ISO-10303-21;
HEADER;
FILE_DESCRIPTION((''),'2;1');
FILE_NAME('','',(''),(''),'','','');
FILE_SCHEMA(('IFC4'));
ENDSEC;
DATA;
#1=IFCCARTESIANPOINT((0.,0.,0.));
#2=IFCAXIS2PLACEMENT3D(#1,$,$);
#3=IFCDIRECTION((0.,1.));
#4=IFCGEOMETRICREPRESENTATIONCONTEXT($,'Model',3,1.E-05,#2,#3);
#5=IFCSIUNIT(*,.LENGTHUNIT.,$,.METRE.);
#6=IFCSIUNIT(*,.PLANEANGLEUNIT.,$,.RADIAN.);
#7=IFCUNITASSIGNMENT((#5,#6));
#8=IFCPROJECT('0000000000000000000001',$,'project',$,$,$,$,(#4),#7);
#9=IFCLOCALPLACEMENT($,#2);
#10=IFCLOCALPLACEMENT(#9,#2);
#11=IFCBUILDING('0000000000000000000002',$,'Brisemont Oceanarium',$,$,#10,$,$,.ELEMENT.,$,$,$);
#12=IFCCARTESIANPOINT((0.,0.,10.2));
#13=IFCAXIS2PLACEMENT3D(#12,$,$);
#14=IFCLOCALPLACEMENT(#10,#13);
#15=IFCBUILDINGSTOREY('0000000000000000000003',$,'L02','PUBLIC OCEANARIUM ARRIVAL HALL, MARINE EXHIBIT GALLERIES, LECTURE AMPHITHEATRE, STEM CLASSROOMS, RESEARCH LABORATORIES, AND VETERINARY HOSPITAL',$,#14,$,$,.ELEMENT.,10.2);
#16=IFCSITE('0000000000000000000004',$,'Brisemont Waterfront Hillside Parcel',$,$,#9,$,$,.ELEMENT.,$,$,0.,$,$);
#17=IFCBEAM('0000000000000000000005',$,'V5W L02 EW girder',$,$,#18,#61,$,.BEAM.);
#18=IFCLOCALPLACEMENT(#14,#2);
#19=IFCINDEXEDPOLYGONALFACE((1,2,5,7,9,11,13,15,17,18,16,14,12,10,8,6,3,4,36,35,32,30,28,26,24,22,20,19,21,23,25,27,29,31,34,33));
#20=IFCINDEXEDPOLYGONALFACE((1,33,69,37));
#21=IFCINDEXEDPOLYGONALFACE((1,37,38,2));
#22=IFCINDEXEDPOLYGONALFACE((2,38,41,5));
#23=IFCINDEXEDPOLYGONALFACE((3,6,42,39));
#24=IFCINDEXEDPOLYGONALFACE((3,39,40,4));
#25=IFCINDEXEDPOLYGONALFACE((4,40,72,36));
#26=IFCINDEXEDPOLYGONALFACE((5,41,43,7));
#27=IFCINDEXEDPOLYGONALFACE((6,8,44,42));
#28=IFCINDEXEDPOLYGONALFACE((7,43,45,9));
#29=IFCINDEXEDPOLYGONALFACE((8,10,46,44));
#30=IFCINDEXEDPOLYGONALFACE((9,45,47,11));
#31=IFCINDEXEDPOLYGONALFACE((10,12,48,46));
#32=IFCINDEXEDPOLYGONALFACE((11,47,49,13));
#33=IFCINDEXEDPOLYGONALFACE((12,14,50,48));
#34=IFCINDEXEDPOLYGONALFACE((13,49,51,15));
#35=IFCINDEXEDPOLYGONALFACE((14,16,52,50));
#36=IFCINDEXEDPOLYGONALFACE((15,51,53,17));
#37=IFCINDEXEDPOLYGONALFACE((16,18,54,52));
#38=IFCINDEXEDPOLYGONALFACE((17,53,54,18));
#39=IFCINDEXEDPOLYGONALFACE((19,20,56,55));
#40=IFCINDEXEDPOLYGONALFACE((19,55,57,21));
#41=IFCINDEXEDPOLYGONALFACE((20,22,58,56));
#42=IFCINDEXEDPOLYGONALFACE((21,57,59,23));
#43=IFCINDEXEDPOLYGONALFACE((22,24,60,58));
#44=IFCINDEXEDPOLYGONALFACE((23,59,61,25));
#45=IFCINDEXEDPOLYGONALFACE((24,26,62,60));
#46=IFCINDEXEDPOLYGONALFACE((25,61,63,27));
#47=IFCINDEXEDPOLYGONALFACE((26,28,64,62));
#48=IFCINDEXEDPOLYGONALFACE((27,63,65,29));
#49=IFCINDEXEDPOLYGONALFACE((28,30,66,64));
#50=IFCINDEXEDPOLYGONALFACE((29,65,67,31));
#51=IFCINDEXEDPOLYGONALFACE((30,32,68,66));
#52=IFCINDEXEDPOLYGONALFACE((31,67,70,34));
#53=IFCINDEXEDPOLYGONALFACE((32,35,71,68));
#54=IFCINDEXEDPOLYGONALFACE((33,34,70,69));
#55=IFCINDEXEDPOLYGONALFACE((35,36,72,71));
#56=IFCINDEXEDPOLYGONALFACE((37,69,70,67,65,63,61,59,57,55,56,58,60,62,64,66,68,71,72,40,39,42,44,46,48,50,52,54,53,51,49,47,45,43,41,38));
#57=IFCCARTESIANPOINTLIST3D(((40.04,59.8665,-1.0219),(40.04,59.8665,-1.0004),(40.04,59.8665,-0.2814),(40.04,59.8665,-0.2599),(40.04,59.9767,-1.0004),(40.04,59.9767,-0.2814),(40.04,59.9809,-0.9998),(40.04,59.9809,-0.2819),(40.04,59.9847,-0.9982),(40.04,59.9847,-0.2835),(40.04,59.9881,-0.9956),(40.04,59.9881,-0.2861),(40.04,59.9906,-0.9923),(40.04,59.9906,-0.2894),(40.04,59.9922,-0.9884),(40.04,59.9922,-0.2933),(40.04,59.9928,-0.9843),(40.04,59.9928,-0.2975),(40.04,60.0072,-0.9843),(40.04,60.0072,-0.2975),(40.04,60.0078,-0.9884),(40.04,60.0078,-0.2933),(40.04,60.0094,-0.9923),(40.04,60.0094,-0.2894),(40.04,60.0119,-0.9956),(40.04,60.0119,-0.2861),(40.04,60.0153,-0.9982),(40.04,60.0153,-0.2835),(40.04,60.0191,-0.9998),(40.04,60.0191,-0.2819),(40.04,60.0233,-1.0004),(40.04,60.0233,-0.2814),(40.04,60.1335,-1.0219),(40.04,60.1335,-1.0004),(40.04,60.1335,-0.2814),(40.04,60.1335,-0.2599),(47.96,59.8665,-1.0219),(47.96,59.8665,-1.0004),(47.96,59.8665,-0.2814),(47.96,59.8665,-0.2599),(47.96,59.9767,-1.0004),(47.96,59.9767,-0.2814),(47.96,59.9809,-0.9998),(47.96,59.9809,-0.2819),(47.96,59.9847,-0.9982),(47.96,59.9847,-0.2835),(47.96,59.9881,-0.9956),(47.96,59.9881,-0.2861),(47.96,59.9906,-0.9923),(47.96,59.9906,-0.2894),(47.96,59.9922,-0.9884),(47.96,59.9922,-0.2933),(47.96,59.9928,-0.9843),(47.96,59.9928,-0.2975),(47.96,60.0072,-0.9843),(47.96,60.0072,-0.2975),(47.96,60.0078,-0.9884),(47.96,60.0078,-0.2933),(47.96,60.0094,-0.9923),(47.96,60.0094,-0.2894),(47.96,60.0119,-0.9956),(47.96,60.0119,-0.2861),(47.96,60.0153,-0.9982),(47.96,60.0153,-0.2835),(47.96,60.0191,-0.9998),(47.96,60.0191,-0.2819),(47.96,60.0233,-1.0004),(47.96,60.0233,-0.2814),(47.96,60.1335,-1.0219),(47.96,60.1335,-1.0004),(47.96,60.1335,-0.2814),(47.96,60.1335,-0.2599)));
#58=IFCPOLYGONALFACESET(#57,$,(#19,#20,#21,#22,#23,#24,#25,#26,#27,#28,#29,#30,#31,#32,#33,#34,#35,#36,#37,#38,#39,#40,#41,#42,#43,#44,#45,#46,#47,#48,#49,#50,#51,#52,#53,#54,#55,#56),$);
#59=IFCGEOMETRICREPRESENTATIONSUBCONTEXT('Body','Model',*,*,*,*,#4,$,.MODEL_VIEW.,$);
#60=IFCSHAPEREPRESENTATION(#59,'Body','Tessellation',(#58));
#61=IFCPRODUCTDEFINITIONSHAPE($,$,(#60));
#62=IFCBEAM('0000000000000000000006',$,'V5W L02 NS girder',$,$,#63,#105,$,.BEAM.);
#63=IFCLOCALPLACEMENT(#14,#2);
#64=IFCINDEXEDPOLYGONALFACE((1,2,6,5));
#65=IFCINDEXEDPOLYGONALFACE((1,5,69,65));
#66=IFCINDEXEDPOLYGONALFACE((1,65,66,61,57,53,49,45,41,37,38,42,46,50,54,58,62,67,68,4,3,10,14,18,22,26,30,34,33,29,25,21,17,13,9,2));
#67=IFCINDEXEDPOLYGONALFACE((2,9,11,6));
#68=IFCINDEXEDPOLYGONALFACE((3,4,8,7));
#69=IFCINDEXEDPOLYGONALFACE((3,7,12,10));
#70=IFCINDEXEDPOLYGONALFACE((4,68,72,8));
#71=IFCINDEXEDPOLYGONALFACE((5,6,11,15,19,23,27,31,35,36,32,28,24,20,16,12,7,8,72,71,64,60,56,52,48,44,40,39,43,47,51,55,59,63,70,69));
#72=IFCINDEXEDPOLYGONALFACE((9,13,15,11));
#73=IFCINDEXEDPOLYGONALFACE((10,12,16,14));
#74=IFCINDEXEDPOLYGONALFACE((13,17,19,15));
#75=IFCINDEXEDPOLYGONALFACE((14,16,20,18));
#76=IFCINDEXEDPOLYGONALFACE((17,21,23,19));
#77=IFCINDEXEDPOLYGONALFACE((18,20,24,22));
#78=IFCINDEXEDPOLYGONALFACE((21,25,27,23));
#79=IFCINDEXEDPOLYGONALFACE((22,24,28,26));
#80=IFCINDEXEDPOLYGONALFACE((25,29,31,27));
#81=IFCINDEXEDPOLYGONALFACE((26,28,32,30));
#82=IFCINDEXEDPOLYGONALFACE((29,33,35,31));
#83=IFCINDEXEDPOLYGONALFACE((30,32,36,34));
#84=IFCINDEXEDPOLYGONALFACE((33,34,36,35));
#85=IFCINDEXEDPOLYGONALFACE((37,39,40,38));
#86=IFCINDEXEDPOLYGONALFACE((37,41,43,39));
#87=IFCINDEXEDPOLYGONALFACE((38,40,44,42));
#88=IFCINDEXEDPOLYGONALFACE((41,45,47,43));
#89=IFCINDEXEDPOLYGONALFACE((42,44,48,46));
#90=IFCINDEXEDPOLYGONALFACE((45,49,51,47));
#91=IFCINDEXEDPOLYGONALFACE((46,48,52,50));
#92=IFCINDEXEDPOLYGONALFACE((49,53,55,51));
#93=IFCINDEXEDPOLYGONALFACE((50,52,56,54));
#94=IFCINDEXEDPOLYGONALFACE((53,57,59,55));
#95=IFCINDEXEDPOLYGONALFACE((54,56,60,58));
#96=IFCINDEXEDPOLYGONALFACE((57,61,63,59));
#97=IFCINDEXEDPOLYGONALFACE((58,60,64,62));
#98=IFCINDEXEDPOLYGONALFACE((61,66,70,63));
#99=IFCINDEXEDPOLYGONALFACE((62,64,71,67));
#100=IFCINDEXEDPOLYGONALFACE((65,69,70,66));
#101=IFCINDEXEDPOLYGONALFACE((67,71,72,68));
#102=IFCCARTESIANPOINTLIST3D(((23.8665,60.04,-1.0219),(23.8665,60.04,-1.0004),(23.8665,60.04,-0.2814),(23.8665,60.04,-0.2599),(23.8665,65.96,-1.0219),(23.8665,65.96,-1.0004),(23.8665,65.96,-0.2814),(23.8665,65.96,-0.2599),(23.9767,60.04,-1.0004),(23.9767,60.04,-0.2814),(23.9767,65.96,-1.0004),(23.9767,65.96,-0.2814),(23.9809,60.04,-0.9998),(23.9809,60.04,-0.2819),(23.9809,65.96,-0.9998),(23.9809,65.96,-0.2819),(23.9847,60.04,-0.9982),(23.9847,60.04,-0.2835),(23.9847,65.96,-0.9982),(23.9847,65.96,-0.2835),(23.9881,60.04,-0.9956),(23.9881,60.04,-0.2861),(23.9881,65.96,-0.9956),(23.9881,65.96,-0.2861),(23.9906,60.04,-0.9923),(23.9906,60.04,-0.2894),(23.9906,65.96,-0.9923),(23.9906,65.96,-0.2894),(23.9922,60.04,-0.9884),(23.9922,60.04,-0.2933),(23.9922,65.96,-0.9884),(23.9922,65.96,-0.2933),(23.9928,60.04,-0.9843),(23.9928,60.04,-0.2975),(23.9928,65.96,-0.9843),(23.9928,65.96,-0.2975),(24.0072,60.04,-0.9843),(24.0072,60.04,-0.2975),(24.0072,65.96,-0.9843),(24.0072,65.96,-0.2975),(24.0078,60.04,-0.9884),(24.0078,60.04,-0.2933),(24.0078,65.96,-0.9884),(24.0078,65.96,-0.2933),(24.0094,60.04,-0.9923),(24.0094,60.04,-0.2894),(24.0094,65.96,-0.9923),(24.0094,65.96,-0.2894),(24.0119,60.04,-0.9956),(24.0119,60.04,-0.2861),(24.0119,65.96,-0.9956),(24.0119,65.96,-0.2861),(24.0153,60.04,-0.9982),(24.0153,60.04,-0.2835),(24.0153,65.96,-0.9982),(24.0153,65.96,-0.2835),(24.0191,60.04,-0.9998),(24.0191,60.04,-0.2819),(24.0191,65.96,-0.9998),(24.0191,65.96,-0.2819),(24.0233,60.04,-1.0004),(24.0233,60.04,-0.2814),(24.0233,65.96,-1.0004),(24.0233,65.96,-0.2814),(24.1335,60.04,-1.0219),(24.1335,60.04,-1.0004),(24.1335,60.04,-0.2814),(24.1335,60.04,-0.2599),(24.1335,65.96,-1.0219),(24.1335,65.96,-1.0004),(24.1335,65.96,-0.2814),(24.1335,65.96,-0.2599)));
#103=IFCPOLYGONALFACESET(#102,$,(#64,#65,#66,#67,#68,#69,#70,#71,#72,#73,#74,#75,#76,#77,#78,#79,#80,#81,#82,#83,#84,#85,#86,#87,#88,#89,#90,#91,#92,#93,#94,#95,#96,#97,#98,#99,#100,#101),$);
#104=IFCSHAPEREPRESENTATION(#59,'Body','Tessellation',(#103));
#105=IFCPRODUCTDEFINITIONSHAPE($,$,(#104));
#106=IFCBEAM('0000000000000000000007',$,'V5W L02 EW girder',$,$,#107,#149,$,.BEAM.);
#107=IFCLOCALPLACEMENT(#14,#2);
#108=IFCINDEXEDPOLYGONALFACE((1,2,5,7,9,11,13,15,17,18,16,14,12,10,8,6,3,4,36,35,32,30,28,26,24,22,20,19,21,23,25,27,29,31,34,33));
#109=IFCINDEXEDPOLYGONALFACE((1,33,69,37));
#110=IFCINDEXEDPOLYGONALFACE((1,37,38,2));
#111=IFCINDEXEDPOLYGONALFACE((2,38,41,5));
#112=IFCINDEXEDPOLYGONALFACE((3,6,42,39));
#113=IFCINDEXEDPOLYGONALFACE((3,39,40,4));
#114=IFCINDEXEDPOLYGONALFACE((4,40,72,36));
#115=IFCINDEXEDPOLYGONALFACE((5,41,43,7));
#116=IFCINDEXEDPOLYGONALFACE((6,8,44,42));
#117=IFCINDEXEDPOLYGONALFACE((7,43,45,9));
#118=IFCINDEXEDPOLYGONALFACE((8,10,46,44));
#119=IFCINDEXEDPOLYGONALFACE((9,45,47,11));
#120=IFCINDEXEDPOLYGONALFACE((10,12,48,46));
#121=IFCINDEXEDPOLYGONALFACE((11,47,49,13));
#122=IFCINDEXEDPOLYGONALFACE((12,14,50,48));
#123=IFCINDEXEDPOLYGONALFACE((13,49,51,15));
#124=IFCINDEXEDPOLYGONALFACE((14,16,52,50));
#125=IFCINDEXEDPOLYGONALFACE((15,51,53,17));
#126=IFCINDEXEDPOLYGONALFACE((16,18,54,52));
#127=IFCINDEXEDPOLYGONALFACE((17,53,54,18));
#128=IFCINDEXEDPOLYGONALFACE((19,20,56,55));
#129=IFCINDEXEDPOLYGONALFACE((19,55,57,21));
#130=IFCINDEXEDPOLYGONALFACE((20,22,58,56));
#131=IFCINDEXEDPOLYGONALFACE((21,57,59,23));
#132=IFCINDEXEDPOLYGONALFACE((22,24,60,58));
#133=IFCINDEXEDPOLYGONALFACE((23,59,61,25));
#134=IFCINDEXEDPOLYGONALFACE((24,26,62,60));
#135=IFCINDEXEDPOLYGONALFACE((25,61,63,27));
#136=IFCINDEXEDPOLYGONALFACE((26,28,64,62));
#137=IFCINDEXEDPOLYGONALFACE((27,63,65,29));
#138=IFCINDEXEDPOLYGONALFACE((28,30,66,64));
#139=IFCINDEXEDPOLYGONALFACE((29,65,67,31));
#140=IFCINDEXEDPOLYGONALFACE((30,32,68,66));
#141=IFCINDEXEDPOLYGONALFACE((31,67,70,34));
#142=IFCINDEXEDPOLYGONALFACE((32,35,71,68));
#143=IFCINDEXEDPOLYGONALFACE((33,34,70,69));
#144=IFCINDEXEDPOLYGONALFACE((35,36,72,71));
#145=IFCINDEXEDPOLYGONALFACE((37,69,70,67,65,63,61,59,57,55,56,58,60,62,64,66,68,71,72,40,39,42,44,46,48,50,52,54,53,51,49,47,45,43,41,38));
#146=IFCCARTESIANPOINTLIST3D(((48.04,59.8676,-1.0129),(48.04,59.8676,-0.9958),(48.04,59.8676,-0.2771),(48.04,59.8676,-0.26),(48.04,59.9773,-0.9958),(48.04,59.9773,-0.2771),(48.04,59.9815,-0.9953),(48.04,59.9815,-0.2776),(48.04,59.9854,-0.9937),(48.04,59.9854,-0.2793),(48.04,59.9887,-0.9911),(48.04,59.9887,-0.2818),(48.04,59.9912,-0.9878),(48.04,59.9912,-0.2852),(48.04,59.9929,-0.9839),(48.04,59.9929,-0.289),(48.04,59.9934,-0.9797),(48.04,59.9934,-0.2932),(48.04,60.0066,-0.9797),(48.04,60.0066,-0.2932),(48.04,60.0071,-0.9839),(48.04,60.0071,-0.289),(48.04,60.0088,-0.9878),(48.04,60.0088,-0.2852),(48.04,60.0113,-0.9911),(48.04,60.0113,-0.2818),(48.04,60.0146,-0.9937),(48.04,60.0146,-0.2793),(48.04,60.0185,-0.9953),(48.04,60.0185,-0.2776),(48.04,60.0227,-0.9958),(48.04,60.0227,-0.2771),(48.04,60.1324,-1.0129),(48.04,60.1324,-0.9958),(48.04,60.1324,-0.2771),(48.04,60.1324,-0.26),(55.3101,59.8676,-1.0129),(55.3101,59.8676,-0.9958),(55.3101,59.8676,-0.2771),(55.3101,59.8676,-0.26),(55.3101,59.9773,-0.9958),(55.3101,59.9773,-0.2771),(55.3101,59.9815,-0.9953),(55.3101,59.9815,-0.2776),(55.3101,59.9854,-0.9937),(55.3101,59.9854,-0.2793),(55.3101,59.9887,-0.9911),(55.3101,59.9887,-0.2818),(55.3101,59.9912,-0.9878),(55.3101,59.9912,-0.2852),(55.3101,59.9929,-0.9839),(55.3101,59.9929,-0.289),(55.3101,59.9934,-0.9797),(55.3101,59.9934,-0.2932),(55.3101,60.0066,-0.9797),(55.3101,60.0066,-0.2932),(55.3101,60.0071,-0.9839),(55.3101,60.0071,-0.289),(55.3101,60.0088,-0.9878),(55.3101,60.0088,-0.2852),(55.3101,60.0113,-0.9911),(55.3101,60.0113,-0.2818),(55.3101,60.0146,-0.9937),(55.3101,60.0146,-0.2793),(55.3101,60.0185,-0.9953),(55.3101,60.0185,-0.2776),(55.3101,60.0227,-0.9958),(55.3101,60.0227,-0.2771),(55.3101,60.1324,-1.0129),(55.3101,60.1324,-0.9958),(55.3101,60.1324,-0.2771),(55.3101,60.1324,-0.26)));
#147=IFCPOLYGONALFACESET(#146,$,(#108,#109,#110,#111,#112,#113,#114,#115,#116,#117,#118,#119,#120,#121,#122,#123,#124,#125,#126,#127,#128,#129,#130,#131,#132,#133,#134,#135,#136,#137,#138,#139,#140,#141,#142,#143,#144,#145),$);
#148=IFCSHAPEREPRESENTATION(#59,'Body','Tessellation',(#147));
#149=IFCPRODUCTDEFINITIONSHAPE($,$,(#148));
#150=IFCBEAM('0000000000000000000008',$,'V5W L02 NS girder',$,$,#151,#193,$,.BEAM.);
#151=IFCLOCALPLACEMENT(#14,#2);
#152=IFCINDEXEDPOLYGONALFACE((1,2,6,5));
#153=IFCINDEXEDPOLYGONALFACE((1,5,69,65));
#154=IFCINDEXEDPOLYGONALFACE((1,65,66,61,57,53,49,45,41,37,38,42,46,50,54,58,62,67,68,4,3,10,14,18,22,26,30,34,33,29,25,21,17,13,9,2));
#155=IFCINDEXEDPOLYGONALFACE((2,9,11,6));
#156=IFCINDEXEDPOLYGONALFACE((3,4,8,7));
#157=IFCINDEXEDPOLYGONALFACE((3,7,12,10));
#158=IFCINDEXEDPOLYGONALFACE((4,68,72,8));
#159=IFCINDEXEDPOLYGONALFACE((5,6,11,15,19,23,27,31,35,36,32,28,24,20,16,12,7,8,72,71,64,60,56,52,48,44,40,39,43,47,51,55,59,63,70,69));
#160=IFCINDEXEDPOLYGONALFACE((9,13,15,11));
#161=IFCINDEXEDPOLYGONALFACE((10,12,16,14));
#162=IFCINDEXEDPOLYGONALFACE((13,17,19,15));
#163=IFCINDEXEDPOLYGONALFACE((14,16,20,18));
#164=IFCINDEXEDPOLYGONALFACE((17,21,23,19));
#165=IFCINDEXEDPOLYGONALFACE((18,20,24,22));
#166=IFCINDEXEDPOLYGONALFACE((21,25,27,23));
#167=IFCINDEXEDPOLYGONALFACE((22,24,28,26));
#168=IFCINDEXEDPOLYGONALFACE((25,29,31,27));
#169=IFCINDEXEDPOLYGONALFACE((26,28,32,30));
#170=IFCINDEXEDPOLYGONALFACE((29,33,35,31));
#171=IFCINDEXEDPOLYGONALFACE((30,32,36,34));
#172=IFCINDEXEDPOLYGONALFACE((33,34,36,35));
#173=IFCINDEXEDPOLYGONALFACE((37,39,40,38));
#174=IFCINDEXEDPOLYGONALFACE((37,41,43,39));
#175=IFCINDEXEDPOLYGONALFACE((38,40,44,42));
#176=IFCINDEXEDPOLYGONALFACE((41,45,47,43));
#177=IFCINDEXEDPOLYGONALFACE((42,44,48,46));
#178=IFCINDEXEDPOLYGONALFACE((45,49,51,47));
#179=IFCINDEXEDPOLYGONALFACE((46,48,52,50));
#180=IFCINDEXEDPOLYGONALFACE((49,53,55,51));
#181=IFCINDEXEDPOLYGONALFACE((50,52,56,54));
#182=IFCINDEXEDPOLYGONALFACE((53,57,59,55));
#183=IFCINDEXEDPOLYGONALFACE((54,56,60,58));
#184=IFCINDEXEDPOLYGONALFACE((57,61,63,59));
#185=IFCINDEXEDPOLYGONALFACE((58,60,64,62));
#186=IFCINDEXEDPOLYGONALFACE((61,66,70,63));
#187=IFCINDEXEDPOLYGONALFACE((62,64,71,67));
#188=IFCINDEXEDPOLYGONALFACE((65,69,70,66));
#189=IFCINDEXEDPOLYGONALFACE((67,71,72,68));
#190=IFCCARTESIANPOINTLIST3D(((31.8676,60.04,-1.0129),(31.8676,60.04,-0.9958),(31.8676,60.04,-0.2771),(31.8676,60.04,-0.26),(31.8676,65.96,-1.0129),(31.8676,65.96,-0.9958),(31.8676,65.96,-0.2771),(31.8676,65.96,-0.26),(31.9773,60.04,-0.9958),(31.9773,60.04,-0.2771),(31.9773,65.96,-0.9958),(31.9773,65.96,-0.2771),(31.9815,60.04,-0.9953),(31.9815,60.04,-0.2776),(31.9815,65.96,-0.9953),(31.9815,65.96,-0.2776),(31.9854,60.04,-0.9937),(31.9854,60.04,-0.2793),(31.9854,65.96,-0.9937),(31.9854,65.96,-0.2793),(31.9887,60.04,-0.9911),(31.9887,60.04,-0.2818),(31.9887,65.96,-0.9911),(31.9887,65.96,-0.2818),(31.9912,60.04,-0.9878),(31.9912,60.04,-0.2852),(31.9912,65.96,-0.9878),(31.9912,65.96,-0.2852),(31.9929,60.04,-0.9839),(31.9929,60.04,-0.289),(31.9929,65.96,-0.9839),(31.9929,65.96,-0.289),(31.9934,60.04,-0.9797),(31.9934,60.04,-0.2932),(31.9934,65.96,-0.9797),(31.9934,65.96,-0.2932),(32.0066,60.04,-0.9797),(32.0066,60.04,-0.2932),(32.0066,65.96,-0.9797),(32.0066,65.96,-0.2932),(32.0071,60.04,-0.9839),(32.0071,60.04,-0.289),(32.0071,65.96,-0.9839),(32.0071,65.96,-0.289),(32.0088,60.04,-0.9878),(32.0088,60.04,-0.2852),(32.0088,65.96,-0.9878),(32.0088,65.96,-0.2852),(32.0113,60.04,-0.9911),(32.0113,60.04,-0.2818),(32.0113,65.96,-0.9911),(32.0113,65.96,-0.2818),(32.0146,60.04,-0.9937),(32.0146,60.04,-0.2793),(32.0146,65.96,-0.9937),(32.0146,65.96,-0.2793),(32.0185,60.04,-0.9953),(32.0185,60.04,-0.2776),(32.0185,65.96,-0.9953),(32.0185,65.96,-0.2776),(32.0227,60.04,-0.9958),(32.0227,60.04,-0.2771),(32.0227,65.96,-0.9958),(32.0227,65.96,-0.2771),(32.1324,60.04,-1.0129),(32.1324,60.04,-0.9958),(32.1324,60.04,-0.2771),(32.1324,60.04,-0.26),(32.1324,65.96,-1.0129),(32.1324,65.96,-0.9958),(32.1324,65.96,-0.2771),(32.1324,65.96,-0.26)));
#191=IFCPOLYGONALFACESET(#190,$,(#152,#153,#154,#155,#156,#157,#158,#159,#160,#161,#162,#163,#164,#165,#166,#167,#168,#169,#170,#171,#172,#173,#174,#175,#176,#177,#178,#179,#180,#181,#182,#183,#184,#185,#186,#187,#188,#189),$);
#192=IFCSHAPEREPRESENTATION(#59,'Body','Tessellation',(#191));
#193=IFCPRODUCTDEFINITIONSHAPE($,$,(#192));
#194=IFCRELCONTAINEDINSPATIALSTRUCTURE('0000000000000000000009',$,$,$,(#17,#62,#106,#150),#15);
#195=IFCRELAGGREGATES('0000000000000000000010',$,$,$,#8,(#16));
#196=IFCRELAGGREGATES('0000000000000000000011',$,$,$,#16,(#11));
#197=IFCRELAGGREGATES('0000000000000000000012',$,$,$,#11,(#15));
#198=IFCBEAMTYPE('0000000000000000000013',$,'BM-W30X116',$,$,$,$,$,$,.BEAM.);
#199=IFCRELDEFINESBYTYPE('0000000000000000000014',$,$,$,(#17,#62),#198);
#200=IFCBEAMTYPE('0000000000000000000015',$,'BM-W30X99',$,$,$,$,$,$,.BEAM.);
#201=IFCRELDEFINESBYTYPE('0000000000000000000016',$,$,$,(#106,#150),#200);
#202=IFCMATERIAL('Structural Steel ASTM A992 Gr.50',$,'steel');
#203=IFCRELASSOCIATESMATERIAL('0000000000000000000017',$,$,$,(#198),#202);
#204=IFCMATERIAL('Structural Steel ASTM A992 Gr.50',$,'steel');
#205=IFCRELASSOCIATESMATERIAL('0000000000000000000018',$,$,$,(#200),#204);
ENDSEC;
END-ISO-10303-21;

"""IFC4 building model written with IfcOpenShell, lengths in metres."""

from ifc_helpers import new_model, si_unit, direction, frame, origin, origin_2d, place, context, subcontext, project, spatial, i_section, extrude, material, material_profile, profile_set, type_object, element, save


model = new_model("IFC4")

# Units and contexts
model_context = context("Model", 3, precision=1e-05, world=origin(), true_north=direction((0.0, 1.0)))
body_context = subcontext(model_context, "Body", "Model", "MODEL_VIEW")
ifc_project = project(units=[si_unit("LENGTHUNIT", "METRE"), si_unit("PLANEANGLEUNIT", "RADIAN")], contexts=[model_context])

# Site, building, storey
site_placement = place(None, origin())
site = spatial("IfcSite", under=ifc_project, at=site_placement, Name="Brisemont Waterfront Hillside Parcel", CompositionType="ELEMENT", RefElevation=0.0)
building_placement = place(site_placement, origin())
building = spatial("IfcBuilding", under=site, at=building_placement, Name="Brisemont Oceanarium", CompositionType="ELEMENT")
storey_placement = place(building_placement, frame((0.0, 0.0, 10.2)))
storey = spatial("IfcBuildingStorey", under=building, at=storey_placement, Name="L02", Description="PUBLIC OCEANARIUM ARRIVAL HALL, MARINE EXHIBIT GALLERIES, LECTURE AMPHITHEATRE, STEM CLASSROOMS, RESEARCH LABORATORIES, AND VETERINARY HOSPITAL", CompositionType="ELEMENT", Elevation=10.2)

# Beams
ifc_material_1 = material(Name="Structural Steel ASTM A992 Gr.50", Category="steel")
ifc_material_profile_1 = material_profile(ifc_material_1, i_section(OverallWidth=0.2671, OverallDepth=0.762, WebThickness=0.0144, FlangeThickness=0.0215, FilletRadius=0.0161, at=origin_2d()), Name="W30X116")
ifc_profile_set_1 = profile_set([ifc_material_profile_1], Name="Structural Steel ASTM A992 Gr.50")
beam_type_1 = type_object("IfcBeamType", Name="BM-W30X116", PredefinedType="BEAM", material=ifc_profile_set_1)
beam_1_placement = place(storey_placement, frame((40.04, 60.0, -0.6409), z_axis=(1.0, 0.0, 0.0), x_axis=(0.0, 1.0, 0.0)))
element("IfcBeam", 1, at=beam_1_placement, inside=storey, type_object=beam_type_1, Name="V5W L02 EW girder", PredefinedType="BEAM", context=body_context, shape_type="SweptSolid", body=[
    extrude(i_section(OverallWidth=0.2671, OverallDepth=0.762, WebThickness=0.0144, FlangeThickness=0.0215, FilletRadius=0.0161, at=origin_2d()), origin(), (0.0, 0.0, 1.0), 7.9199),
])
beam_2_placement = place(storey_placement, frame((24.0, 60.04, -0.6409), z_axis=(0.0, 1.0, 0.0), x_axis=(-1.0, 0.0, 0.0)))
element("IfcBeam", 2, at=beam_2_placement, inside=storey, type_object=beam_type_1, Name="V5W L02 NS girder", PredefinedType="BEAM", context=body_context, shape_type="SweptSolid", body=[
    extrude(i_section(OverallWidth=0.2671, OverallDepth=0.762, WebThickness=0.0144, FlangeThickness=0.0215, FilletRadius=0.0161, at=origin_2d()), origin(), (0.0, 0.0, 1.0), 5.9199),
])
ifc_material_2 = material(Name="Structural Steel ASTM A992 Gr.50", Category="steel")
ifc_material_profile_2 = material_profile(ifc_material_2, i_section(OverallWidth=0.2649, OverallDepth=0.7529, WebThickness=0.0132, FlangeThickness=0.0171, FilletRadius=0.0161, at=origin_2d()), Name="W30X99")
ifc_profile_set_2 = profile_set([ifc_material_profile_2], Name="Structural Steel ASTM A992 Gr.50")
beam_type_2 = type_object("IfcBeamType", Name="BM-W30X99", PredefinedType="BEAM", material=ifc_profile_set_2)
beam_3_placement = place(storey_placement, frame((48.04, 60.0, -0.6365), z_axis=(1.0, 0.0, 0.0), x_axis=(0.0, 1.0, 0.0)))
element("IfcBeam", 3, at=beam_3_placement, inside=storey, type_object=beam_type_2, Name="V5W L02 EW girder", PredefinedType="BEAM", context=body_context, shape_type="SweptSolid", body=[
    extrude(i_section(OverallWidth=0.2649, OverallDepth=0.7529, WebThickness=0.0132, FlangeThickness=0.0171, FilletRadius=0.0161, at=origin_2d()), origin(), (0.0, 0.0, 1.0), 7.27),
])
beam_4_placement = place(storey_placement, frame((32.0, 60.04, -0.6365), z_axis=(0.0, 1.0, 0.0), x_axis=(-1.0, 0.0, 0.0)))
element("IfcBeam", 4, at=beam_4_placement, inside=storey, type_object=beam_type_2, Name="V5W L02 NS girder", PredefinedType="BEAM", context=body_context, shape_type="SweptSolid", body=[
    extrude(i_section(OverallWidth=0.2649, OverallDepth=0.7529, WebThickness=0.0132, FlangeThickness=0.0171, FilletRadius=0.0161, at=origin_2d()), origin(), (0.0, 0.0, 1.0), 5.9199),
])

save(model, "model.ifc")
